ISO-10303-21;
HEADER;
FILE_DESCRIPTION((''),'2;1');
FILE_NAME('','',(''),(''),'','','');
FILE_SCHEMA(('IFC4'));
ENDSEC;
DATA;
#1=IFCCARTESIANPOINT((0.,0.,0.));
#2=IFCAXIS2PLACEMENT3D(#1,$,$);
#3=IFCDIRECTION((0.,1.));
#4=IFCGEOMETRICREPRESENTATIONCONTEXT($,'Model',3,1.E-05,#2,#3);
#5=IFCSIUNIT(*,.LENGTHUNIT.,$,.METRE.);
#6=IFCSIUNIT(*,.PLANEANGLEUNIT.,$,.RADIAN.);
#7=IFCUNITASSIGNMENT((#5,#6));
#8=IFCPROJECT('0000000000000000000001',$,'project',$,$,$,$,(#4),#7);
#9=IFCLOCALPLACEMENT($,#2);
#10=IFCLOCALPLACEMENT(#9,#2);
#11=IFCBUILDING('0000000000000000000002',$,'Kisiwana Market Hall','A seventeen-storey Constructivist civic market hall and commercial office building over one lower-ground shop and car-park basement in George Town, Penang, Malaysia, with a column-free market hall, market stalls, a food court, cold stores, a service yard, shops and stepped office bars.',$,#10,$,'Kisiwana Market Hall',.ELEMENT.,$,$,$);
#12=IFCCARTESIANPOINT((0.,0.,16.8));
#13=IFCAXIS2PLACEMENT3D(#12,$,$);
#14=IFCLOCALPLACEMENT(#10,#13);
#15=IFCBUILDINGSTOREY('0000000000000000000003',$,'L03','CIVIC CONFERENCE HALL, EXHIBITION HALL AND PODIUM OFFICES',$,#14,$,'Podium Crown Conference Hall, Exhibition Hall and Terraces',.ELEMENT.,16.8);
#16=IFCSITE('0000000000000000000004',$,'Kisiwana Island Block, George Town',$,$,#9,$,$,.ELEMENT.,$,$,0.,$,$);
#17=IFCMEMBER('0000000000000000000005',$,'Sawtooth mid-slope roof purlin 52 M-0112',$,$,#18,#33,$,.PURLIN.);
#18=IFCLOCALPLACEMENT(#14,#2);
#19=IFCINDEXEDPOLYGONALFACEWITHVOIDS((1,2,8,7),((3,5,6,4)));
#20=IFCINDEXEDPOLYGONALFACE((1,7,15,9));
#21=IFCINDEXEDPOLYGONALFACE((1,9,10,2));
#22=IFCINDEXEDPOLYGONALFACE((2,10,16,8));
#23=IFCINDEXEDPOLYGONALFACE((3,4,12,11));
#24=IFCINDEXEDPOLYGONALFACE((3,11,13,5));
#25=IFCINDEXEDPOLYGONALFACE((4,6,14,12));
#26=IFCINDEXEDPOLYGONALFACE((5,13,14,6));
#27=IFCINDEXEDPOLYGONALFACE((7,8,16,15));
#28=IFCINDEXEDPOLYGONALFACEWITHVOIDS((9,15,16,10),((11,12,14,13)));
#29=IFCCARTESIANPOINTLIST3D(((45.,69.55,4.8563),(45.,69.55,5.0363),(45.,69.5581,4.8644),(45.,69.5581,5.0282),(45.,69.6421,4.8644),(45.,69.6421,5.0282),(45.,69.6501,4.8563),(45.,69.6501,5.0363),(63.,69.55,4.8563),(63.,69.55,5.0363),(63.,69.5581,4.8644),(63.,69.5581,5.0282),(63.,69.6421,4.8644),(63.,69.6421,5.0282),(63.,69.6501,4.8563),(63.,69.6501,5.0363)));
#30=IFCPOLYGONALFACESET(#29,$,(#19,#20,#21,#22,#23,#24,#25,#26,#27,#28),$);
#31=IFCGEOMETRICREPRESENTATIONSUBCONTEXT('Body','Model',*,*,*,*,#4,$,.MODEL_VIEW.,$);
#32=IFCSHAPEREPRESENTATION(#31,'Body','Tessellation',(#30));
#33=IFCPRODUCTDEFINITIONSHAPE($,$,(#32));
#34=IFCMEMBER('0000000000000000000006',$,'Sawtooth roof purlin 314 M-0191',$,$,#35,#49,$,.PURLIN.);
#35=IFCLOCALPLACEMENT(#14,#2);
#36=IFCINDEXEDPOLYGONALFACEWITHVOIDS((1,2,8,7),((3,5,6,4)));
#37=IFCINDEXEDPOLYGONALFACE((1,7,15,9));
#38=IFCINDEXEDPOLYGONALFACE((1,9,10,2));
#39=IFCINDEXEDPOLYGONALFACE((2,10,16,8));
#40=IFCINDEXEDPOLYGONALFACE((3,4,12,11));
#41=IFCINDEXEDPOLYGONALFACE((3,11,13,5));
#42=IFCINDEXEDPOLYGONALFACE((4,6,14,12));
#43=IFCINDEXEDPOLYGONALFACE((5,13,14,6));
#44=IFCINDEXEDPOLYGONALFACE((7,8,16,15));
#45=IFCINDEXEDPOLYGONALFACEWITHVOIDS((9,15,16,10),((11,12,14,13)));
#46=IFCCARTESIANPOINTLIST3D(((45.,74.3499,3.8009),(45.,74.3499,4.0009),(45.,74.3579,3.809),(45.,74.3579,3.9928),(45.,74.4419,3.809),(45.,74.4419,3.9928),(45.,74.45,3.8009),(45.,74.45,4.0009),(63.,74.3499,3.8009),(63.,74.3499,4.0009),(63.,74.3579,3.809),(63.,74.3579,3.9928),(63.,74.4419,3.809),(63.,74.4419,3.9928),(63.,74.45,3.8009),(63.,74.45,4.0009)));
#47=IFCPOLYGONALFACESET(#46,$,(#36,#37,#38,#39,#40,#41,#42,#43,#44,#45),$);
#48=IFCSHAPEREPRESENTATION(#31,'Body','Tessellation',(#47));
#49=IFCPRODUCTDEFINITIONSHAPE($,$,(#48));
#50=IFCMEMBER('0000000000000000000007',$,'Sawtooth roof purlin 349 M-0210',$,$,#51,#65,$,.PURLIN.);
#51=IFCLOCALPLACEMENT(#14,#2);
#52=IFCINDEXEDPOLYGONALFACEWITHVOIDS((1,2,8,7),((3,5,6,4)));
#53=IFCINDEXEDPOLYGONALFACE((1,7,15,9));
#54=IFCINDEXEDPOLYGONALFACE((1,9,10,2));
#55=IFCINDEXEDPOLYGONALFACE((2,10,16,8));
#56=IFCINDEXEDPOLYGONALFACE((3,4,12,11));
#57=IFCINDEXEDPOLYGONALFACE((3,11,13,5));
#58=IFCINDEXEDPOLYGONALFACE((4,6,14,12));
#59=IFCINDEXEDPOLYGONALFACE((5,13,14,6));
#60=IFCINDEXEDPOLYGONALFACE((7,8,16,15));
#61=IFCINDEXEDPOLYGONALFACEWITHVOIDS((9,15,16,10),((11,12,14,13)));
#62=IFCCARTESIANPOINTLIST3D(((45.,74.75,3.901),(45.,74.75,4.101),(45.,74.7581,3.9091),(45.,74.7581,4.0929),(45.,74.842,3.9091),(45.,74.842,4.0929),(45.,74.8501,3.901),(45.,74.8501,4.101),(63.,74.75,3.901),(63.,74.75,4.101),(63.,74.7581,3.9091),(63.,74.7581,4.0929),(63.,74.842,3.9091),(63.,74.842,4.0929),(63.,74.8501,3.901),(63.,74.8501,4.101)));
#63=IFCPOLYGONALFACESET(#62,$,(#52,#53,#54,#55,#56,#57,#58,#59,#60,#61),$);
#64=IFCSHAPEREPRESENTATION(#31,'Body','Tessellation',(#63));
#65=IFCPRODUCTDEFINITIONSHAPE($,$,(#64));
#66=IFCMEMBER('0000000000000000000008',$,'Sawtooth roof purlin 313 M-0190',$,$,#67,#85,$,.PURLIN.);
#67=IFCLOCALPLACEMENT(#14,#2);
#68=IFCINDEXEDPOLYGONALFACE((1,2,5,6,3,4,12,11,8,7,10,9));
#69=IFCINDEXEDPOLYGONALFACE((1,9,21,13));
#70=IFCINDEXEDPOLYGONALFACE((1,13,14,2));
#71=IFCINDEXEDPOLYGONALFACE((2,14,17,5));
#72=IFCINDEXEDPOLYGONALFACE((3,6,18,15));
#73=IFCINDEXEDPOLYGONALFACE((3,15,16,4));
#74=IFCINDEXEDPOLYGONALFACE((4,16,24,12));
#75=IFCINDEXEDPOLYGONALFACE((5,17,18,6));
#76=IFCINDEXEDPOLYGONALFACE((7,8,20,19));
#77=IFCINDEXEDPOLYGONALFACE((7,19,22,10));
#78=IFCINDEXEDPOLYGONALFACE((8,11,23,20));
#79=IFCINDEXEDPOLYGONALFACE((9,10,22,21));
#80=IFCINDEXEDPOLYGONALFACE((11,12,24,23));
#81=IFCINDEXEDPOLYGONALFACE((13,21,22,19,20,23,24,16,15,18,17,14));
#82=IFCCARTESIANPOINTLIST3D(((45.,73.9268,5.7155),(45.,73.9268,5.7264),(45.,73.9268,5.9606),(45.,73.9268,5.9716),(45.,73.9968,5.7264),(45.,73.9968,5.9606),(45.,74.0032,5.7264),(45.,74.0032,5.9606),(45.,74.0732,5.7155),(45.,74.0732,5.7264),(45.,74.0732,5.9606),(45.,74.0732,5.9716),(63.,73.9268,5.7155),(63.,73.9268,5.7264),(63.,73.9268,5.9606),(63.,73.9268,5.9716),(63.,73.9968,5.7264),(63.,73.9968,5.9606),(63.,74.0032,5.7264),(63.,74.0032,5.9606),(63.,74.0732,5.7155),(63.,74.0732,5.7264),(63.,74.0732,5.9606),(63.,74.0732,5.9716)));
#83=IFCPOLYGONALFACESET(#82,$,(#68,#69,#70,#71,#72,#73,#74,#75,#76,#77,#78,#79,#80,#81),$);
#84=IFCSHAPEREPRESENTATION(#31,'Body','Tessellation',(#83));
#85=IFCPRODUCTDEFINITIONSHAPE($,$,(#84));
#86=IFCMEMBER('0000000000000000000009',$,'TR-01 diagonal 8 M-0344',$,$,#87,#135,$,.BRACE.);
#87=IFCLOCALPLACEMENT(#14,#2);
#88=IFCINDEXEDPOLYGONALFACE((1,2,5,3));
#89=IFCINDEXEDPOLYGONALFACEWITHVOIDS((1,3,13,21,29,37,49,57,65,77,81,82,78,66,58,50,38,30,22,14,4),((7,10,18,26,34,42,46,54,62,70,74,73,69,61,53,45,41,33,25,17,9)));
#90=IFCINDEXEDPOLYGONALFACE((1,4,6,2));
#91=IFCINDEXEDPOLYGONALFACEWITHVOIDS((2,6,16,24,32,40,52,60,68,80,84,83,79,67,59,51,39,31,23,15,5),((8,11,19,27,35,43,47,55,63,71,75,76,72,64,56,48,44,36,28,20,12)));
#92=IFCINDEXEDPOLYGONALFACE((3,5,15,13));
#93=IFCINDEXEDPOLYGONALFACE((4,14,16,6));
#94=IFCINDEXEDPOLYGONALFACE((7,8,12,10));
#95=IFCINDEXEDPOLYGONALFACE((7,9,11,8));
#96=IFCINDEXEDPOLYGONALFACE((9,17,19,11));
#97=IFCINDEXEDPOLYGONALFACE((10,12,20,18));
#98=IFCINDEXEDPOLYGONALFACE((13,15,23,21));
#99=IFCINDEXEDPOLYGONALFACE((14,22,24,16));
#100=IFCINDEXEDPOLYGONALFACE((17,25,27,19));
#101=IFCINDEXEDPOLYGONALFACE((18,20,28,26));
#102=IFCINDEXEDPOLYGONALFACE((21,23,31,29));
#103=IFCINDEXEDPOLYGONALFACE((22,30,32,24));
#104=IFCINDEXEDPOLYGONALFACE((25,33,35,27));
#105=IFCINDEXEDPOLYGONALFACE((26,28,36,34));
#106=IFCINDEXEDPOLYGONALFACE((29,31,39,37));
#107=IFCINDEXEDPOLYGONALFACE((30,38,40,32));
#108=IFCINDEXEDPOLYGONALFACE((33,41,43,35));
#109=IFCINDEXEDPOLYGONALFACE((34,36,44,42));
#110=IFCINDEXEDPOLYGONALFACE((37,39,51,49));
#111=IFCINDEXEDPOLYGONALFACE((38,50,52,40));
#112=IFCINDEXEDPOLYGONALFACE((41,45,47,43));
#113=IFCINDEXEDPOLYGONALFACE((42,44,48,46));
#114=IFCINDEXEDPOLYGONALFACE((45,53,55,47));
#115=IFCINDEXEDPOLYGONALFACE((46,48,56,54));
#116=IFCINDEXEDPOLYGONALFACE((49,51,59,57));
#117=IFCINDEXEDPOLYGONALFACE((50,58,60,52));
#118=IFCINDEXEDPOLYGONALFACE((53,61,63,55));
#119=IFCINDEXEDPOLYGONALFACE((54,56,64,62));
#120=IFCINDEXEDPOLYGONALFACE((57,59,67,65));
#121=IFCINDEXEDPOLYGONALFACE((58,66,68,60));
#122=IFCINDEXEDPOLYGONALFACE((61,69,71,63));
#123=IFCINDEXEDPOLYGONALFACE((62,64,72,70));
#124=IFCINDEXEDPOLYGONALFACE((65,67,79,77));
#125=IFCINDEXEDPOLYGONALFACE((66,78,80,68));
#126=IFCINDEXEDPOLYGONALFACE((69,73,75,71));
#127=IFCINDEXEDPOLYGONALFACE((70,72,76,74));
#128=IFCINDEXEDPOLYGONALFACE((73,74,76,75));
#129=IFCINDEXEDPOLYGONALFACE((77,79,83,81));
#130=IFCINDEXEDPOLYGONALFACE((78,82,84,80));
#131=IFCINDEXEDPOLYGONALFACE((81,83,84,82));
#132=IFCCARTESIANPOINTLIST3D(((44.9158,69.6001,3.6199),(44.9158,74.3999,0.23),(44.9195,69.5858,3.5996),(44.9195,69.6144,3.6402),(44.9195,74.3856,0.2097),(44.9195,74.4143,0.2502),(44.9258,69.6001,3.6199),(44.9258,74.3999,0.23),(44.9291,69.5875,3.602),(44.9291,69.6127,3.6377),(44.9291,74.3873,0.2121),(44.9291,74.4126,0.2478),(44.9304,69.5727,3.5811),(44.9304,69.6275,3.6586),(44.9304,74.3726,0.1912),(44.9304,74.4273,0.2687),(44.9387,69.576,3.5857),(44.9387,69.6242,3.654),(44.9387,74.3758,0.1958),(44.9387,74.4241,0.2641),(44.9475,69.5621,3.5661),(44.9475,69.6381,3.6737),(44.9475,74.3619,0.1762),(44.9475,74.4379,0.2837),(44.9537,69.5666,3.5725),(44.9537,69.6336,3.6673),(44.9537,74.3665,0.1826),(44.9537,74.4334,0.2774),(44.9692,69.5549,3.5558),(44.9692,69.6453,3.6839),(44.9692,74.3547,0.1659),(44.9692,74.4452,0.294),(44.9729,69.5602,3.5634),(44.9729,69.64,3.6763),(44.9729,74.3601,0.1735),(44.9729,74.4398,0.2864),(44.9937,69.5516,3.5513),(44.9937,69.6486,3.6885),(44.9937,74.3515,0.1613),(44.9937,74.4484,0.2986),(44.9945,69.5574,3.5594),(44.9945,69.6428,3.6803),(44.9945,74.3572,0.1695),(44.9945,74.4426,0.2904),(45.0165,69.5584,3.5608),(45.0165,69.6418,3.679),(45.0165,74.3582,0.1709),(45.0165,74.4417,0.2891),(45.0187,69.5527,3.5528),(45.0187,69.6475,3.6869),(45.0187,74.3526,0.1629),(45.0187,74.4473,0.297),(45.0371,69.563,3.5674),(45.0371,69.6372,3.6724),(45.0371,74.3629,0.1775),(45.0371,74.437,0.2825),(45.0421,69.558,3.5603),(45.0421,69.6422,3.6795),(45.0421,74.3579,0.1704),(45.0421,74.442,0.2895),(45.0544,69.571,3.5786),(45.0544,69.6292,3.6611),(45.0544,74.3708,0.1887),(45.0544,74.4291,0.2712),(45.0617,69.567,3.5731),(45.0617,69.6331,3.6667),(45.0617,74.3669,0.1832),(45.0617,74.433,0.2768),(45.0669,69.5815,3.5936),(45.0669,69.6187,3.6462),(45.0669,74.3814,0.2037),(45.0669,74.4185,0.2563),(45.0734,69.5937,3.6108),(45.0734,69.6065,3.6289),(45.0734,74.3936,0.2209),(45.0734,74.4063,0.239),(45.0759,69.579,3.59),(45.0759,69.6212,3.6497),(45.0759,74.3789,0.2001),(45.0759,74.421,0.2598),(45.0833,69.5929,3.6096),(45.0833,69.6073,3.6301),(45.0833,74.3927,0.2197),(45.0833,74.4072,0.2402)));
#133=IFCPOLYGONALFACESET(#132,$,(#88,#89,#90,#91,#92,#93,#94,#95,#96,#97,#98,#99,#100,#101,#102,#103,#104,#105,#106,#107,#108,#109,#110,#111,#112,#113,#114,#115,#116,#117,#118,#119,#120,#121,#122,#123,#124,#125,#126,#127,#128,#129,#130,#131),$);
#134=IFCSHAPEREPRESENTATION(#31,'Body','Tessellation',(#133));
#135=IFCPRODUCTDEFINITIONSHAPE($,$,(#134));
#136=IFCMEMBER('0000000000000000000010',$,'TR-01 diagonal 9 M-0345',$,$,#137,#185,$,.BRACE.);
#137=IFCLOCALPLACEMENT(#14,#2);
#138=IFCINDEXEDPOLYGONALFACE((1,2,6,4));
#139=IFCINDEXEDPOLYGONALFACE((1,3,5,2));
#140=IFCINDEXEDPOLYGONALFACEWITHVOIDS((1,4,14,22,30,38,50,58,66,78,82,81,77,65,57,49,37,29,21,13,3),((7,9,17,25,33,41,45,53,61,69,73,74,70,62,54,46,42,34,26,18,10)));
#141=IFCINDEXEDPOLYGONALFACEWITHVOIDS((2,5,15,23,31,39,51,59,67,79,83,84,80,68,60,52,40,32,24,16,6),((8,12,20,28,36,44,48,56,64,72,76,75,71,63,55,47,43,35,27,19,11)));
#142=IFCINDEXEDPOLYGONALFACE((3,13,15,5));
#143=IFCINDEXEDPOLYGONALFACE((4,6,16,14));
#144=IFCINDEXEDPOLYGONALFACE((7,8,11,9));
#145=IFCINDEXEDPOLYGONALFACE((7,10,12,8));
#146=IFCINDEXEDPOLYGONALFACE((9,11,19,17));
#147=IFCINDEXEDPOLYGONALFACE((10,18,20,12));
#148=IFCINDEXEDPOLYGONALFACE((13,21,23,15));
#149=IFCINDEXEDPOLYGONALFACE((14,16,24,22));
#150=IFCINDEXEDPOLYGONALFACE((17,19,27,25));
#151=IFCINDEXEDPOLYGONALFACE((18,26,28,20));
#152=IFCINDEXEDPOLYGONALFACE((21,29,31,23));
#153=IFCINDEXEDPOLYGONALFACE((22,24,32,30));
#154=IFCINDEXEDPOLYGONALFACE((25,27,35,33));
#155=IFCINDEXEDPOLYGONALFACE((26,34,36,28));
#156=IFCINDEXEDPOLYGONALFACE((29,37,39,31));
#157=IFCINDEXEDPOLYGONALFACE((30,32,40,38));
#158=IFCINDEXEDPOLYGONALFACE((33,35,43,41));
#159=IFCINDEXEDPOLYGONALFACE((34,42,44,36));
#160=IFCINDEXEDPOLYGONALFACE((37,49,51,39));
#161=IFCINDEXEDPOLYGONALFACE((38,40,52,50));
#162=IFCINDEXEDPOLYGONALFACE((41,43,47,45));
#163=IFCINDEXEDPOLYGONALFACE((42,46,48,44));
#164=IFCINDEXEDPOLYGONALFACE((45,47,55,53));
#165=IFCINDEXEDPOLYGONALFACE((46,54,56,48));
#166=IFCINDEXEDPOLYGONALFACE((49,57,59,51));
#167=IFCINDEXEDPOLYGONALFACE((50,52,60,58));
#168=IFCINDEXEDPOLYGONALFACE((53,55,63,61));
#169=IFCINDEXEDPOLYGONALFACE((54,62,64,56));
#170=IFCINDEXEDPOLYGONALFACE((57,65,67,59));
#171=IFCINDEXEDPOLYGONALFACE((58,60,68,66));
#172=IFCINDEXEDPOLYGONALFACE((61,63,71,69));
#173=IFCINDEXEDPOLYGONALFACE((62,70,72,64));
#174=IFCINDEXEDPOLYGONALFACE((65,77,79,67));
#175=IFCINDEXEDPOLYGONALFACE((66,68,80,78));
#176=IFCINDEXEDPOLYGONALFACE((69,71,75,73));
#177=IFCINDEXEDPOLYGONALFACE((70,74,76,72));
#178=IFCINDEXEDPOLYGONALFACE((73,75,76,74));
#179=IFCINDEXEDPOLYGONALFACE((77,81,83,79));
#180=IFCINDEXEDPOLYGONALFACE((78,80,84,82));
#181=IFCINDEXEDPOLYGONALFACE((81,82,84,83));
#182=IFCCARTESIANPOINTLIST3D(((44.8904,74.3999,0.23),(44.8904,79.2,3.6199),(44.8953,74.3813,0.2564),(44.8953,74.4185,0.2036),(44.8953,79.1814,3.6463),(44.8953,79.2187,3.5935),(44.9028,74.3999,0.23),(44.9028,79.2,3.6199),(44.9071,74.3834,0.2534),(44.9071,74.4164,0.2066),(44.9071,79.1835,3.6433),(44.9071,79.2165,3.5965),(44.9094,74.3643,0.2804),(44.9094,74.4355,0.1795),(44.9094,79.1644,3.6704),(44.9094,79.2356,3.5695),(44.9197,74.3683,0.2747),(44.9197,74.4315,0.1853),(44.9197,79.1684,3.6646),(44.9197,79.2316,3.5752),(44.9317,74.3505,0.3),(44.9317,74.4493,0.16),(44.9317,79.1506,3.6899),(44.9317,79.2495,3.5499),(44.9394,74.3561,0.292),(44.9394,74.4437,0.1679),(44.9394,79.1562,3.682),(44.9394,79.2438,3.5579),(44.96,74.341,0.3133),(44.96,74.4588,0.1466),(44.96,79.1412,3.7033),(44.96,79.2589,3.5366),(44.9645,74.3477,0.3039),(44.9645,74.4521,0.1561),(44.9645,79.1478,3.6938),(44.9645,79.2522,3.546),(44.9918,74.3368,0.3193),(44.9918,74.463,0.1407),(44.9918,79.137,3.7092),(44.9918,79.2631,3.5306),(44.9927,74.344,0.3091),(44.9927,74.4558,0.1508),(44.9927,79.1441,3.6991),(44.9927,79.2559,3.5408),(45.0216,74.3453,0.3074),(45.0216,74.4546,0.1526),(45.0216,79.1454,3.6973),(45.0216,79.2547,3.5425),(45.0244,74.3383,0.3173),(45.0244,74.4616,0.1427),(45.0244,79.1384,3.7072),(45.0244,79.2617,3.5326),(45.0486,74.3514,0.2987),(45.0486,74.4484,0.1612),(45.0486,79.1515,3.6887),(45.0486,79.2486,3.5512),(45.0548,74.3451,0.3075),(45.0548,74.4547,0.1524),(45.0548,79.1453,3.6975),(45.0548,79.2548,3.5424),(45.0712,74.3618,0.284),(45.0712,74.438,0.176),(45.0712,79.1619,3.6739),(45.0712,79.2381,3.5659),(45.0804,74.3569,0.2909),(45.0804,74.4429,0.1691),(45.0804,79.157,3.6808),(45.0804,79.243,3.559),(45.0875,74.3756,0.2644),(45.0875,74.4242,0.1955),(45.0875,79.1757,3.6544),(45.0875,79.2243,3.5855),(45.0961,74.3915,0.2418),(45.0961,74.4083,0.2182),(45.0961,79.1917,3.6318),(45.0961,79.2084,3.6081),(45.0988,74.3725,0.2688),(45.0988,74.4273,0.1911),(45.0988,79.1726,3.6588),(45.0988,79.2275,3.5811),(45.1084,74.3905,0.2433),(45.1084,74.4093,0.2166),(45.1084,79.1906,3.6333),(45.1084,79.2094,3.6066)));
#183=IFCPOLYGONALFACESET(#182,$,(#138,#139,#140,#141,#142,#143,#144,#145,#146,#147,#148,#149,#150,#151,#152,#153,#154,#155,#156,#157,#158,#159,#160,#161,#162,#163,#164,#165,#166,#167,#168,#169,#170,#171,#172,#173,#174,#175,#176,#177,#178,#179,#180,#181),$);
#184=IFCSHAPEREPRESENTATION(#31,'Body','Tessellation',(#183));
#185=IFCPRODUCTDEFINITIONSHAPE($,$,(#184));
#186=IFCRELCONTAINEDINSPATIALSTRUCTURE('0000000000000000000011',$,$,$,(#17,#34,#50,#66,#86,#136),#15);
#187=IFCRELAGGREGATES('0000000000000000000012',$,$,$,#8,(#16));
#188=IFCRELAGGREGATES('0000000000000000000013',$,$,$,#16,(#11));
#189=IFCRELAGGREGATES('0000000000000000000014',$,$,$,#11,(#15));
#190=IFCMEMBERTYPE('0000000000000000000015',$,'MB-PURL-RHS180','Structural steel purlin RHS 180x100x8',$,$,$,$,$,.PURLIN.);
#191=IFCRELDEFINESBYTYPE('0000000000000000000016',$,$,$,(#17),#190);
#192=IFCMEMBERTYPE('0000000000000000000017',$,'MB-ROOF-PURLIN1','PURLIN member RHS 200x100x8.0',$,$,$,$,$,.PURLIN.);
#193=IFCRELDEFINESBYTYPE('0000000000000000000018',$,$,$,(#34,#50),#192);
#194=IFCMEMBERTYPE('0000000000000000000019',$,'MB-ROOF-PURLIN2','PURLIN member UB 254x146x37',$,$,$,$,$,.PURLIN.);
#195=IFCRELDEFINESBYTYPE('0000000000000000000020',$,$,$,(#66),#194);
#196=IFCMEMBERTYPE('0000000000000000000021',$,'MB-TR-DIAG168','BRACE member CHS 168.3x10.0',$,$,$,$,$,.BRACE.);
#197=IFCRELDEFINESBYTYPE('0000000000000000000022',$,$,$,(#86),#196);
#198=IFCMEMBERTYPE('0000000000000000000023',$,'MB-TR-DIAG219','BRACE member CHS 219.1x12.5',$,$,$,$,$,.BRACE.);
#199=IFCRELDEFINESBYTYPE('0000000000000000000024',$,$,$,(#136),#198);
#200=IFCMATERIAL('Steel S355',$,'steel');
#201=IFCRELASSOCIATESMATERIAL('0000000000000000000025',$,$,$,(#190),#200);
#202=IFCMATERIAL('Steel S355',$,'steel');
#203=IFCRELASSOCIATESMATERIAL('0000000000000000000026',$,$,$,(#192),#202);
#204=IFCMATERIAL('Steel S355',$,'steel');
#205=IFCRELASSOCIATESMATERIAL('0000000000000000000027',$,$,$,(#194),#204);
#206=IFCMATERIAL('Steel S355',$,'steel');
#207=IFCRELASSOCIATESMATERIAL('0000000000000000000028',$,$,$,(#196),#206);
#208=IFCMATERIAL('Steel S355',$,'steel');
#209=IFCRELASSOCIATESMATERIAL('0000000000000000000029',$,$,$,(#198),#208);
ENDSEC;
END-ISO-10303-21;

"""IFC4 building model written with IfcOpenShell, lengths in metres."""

from ifc_helpers import new_model, si_unit, direction, frame, origin, origin_2d, place, context, subcontext, project, spatial, hollow_rectangle, hollow_circle, i_section, extrude, material, material_profile, profile_set, type_object, element, save


model = new_model("IFC4")

# Units and contexts
model_context = context("Model", 3, precision=1e-05, world=origin(), true_north=direction((0.0, 1.0)))
body_context = subcontext(model_context, "Body", "Model", "MODEL_VIEW")
ifc_project = project(units=[si_unit("LENGTHUNIT", "METRE"), si_unit("PLANEANGLEUNIT", "RADIAN")], contexts=[model_context])

# Site, building, storey
site_placement = place(None, origin())
site = spatial("IfcSite", under=ifc_project, at=site_placement, Name="Kisiwana Island Block, George Town", CompositionType="ELEMENT", RefElevation=0.0)
building_placement = place(site_placement, origin())
building = spatial("IfcBuilding", under=site, at=building_placement, Name="Kisiwana Market Hall", Description="A seventeen-storey Constructivist civic market hall and commercial office building over one lower-ground shop and car-park basement in George Town, Penang, Malaysia, with a column-free market hall, market stalls, a food court, cold stores, a service yard, shops and stepped office bars.", LongName="Kisiwana Market Hall", CompositionType="ELEMENT")
storey_placement = place(building_placement, frame((0.0, 0.0, 16.8)))
storey = spatial("IfcBuildingStorey", under=building, at=storey_placement, Name="L03", Description="CIVIC CONFERENCE HALL, EXHIBITION HALL AND PODIUM OFFICES", LongName="Podium Crown Conference Hall, Exhibition Hall and Terraces", CompositionType="ELEMENT", Elevation=16.8)

# Members
ifc_material_1 = material(Name="Steel S355", Category="steel")
ifc_material_profile_1 = material_profile(ifc_material_1, hollow_rectangle(XDim=0.1001, YDim=0.1799, WallThickness=0.0081, at=origin_2d()), Name="RHS 180x100x8")
ifc_profile_set_1 = profile_set([ifc_material_profile_1], Name="Steel S355")
member_type_1 = type_object("IfcMemberType", Name="MB-PURL-RHS180", Description="Structural steel purlin RHS 180x100x8", PredefinedType="PURLIN", material=ifc_profile_set_1)
member_1_placement = place(storey_placement, frame((45.0, 69.6001, 4.9463), z_axis=(1.0, 0.0, 0.0), x_axis=(0.0, 1.0, 0.0)))
element("IfcMember", 1, at=member_1_placement, inside=storey, type_object=member_type_1, Name="Sawtooth mid-slope roof purlin 52 M-0112", PredefinedType="PURLIN", context=body_context, shape_type="SweptSolid", body=[
    extrude(hollow_rectangle(XDim=0.1001, YDim=0.1799, WallThickness=0.0081, at=origin_2d()), origin(), (0.0, 0.0, 1.0), 18.0),
])
ifc_material_2 = material(Name="Steel S355", Category="steel")
ifc_material_profile_2 = material_profile(ifc_material_2, hollow_rectangle(XDim=0.1001, YDim=0.2, WallThickness=0.0081, at=origin_2d()), Name="RHS 200x100x8.0")
ifc_profile_set_2 = profile_set([ifc_material_profile_2], Name="Steel S355")
member_type_2 = type_object("IfcMemberType", Name="MB-ROOF-PURLIN1", Description="PURLIN member RHS 200x100x8.0", PredefinedType="PURLIN", material=ifc_profile_set_2)
for number, where, z_axis, x_axis, name in (
    (2, (45.0, 74.3999, 3.9009), (1.0, 0.0, 0.0), (0.0, 1.0, 0.0), "Sawtooth roof purlin 314 M-0191"),
    (3, (45.0, 74.8, 4.001), (1.0, 0.0, 0.0), (0.0, 1.0, 0.0), "Sawtooth roof purlin 349 M-0210"),
):
    element("IfcMember", number, at=place(storey_placement, frame(where, z_axis=z_axis, x_axis=x_axis)), inside=storey, type_object=member_type_2, Name=name, PredefinedType="PURLIN", context=body_context, shape_type="SweptSolid", body=[
        extrude(hollow_rectangle(XDim=0.1001, YDim=0.2, WallThickness=0.0081, at=origin_2d()), origin(), (0.0, 0.0, 1.0), 18.0),
    ])
ifc_material_3 = material(Name="Steel S355", Category="steel")
ifc_material_profile_3 = material_profile(ifc_material_3, i_section(OverallWidth=0.1465, OverallDepth=0.2561, WebThickness=0.0063, FlangeThickness=0.011, at=origin_2d()), Name="UB 254x146x37")
ifc_profile_set_3 = profile_set([ifc_material_profile_3], Name="Steel S355")
member_type_3 = type_object("IfcMemberType", Name="MB-ROOF-PURLIN2", Description="PURLIN member UB 254x146x37", PredefinedType="PURLIN", material=ifc_profile_set_3)
member_2_placement = place(storey_placement, frame((45.0, 74.0, 5.8435), z_axis=(1.0, 0.0, 0.0), x_axis=(0.0, 1.0, 0.0)))
element("IfcMember", 4, at=member_2_placement, inside=storey, type_object=member_type_3, Name="Sawtooth roof purlin 313 M-0190", PredefinedType="PURLIN", context=body_context, shape_type="SweptSolid", body=[
    extrude(i_section(OverallWidth=0.1465, OverallDepth=0.2561, WebThickness=0.0063, FlangeThickness=0.011, at=origin_2d()), origin(), (0.0, 0.0, 1.0), 18.0),
])
ifc_material_4 = material(Name="Steel S355", Category="steel")
ifc_material_profile_4 = material_profile(ifc_material_4, hollow_circle(Radius=0.0842, WallThickness=0.01, at=origin_2d()), Name="CHS 168.3x10.0")
ifc_profile_set_4 = profile_set([ifc_material_profile_4], Name="Steel S355")
member_type_4 = type_object("IfcMemberType", Name="MB-TR-DIAG168", Description="BRACE member CHS 168.3x10.0", PredefinedType="BRACE", material=ifc_profile_set_4)
member_3_placement = place(storey_placement, frame((45.0, 69.6001, 3.6199), z_axis=(0.0, 0.816824, -0.576887), x_axis=(-1.0, 0.0, 0.0)))
element("IfcMember", 5, at=member_3_placement, inside=storey, type_object=member_type_4, Name="TR-01 diagonal 8 M-0344", PredefinedType="BRACE", context=body_context, shape_type="SweptSolid", body=[
    extrude(hollow_circle(Radius=0.0842, WallThickness=0.01, at=origin_2d()), origin(), (0.0, 0.0, 1.0), 5.8762),
])
ifc_material_5 = material(Name="Steel S355", Category="steel")
ifc_material_profile_5 = material_profile(ifc_material_5, hollow_circle(Radius=0.1096, WallThickness=0.0125, at=origin_2d()), Name="CHS 219.1x12.5")
ifc_profile_set_5 = profile_set([ifc_material_profile_5], Name="Steel S355")
member_type_5 = type_object("IfcMemberType", Name="MB-TR-DIAG219", Description="BRACE member CHS 219.1x12.5", PredefinedType="BRACE", material=ifc_profile_set_5)
member_4_placement = place(storey_placement, frame((45.0, 74.3999, 0.23), z_axis=(0.0, 0.816838, 0.576868), x_axis=(-1.0, 0.0, 0.0)))
element("IfcMember", 6, at=member_4_placement, inside=storey, type_object=member_type_5, Name="TR-01 diagonal 9 M-0345", PredefinedType="BRACE", context=body_context, shape_type="SweptSolid", body=[
    extrude(hollow_circle(Radius=0.1096, WallThickness=0.0125, at=origin_2d()), origin(), (0.0, 0.0, 1.0), 5.8765),
])

save(model, "model.ifc")
